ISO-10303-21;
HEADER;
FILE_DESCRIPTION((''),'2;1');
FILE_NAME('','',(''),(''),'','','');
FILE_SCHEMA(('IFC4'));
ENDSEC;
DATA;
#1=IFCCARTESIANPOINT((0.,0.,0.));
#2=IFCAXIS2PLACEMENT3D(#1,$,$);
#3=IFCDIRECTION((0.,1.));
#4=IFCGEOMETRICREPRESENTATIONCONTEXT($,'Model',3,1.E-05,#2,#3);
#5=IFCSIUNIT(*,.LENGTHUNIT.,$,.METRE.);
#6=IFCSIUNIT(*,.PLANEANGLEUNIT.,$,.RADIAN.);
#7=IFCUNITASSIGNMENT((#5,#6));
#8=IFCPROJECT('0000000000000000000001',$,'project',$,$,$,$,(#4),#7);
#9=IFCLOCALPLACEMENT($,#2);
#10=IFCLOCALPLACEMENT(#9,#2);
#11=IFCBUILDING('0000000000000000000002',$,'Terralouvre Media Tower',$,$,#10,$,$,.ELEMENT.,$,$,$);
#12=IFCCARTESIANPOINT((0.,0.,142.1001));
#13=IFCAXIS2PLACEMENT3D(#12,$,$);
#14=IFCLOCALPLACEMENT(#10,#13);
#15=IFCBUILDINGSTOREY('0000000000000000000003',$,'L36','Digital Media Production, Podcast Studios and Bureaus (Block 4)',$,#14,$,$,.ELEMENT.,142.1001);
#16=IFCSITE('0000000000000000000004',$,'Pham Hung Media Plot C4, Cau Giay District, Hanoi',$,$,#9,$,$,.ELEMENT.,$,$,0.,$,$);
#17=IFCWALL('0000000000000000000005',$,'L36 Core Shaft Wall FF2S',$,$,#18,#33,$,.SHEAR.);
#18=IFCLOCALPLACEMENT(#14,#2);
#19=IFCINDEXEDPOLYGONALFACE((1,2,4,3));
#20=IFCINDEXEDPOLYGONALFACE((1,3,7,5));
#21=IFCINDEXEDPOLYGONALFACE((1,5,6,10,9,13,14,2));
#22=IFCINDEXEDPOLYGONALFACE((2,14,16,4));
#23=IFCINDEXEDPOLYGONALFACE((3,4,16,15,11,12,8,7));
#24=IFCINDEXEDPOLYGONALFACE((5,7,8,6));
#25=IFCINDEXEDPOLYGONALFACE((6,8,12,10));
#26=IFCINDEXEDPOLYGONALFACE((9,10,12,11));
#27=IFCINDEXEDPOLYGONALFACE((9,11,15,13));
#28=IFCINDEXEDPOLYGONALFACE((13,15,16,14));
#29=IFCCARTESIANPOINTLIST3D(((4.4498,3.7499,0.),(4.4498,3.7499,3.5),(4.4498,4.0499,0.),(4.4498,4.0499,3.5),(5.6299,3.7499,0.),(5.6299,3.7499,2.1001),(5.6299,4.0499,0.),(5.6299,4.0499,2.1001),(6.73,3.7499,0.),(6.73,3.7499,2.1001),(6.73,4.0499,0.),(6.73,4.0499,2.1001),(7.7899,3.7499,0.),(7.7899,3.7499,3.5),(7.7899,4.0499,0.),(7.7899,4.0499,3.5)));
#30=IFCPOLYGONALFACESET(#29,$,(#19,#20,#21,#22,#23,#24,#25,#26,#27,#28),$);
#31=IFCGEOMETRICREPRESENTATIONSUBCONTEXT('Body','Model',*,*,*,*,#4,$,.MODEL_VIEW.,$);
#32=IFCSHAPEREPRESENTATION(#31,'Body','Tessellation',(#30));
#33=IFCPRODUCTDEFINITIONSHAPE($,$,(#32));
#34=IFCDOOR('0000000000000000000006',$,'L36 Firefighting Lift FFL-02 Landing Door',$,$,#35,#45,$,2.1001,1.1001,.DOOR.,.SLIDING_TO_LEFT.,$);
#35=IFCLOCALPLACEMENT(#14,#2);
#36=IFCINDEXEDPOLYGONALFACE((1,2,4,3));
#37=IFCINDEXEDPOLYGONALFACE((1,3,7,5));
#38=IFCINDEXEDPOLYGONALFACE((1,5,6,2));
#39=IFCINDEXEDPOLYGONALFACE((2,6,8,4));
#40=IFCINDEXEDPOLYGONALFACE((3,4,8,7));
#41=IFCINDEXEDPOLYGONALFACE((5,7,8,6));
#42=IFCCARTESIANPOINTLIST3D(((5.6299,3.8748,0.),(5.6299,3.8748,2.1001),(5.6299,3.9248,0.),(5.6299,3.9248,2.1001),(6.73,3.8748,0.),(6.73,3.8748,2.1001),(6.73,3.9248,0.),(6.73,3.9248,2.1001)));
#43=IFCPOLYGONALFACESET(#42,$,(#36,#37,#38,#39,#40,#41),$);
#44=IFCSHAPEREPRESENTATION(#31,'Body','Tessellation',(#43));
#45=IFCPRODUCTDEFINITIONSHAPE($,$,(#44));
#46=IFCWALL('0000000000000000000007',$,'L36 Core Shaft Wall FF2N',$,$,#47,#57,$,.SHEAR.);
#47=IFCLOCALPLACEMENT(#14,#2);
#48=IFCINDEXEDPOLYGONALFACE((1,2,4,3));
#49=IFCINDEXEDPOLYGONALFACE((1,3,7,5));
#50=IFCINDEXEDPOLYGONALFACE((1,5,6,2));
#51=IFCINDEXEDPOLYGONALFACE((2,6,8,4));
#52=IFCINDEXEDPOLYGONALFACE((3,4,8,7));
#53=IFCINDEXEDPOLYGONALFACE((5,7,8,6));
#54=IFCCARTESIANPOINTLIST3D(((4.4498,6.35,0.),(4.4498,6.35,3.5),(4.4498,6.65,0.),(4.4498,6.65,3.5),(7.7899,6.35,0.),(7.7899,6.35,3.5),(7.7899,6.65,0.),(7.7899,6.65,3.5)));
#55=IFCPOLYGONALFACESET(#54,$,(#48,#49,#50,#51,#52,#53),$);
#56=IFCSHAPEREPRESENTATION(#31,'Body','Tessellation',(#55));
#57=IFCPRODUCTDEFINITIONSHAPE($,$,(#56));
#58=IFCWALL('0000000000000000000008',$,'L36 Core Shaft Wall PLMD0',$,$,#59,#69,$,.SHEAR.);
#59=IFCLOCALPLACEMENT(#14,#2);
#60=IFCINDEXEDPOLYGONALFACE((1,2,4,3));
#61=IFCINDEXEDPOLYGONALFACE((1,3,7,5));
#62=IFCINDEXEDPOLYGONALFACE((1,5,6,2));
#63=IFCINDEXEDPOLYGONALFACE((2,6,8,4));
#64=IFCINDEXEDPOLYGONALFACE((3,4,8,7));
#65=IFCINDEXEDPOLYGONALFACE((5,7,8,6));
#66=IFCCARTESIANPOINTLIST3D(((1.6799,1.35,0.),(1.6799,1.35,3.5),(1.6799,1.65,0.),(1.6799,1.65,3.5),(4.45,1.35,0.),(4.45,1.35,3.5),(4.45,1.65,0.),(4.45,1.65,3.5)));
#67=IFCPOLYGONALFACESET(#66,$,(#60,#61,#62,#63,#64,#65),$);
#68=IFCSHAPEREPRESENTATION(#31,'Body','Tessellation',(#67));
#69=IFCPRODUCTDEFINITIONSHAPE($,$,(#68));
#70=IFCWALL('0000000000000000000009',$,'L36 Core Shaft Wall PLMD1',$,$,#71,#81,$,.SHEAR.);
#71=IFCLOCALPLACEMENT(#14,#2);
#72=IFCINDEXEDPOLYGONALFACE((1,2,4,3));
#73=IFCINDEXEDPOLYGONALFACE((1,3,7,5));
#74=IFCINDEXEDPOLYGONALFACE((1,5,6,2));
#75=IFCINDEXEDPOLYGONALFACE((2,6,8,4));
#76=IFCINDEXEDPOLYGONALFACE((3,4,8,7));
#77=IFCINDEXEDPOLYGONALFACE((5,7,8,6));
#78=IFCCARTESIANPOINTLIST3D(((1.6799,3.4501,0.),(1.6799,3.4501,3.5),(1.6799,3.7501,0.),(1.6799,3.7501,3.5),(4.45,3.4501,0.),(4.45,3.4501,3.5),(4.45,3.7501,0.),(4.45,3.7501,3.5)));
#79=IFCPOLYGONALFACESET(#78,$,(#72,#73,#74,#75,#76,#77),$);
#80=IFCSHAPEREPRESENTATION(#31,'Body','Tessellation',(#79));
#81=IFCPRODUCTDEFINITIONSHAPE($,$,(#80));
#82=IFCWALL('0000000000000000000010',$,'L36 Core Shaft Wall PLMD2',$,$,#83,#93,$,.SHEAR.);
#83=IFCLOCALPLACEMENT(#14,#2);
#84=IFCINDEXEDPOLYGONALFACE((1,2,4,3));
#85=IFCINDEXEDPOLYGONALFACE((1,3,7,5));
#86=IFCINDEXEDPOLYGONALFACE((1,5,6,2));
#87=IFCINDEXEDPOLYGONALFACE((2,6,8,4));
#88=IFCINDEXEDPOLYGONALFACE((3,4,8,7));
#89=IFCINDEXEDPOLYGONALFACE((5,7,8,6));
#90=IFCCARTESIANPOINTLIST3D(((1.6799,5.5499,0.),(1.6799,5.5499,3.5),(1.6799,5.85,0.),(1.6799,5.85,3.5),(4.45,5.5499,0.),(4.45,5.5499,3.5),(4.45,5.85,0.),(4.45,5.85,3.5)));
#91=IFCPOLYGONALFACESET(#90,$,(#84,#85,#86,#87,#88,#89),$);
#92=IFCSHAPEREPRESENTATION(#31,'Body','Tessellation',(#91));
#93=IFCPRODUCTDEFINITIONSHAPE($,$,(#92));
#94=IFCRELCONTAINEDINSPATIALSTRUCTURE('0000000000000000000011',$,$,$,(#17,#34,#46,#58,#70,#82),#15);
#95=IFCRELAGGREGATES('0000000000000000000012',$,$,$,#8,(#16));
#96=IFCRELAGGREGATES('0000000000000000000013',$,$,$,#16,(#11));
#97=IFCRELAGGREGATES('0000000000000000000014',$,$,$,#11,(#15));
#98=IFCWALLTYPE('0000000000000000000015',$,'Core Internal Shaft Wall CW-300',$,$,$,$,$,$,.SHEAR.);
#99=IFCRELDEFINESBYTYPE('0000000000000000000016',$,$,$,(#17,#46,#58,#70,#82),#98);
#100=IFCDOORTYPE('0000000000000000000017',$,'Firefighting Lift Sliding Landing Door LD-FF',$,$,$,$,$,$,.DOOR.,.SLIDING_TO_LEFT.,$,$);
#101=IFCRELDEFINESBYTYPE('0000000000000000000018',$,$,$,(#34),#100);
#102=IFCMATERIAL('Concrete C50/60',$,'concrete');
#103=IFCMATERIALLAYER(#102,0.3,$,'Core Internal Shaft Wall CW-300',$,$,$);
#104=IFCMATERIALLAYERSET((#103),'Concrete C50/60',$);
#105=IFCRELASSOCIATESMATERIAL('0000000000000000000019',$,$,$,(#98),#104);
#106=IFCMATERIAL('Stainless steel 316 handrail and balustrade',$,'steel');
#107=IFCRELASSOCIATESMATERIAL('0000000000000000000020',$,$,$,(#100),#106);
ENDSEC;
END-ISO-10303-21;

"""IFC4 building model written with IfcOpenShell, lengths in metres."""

from ifc_helpers import new_model, si_unit, direction, frame, frame_2d, origin, place, context, subcontext, project, spatial, rectangle, extrude, material, layer, layer_set, type_object, element, fill, save


model = new_model("IFC4")

# Units and contexts
model_context = context("Model", 3, precision=1e-05, world=origin(), true_north=direction((0.0, 1.0)))
body_context = subcontext(model_context, "Body", "Model", "MODEL_VIEW")
ifc_project = project(units=[si_unit("LENGTHUNIT", "METRE"), si_unit("PLANEANGLEUNIT", "RADIAN")], contexts=[model_context])

# Site, building, storey
site_placement = place(None, origin())
site = spatial("IfcSite", under=ifc_project, at=site_placement, Name="Pham Hung Media Plot C4, Cau Giay District, Hanoi", CompositionType="ELEMENT", RefElevation=0.0)
building_placement = place(site_placement, origin())
building = spatial("IfcBuilding", under=site, at=building_placement, Name="Terralouvre Media Tower", CompositionType="ELEMENT")
storey_placement = place(building_placement, frame((0.0, 0.0, 142.1001)))
storey = spatial("IfcBuildingStorey", under=building, at=storey_placement, Name="L36", Description="Digital Media Production, Podcast Studios and Bureaus (Block 4)", CompositionType="ELEMENT", Elevation=142.1001)

# Wall, opening, door
ifc_material_1 = material(Name="Concrete C50/60", Category="concrete")
ifc_layer_1 = layer(ifc_material_1, 0.3, Name="Core Internal Shaft Wall CW-300")
ifc_layer_set_1 = layer_set([ifc_layer_1], Name="Concrete C50/60")
wall_type = type_object("IfcWallType", Name="Core Internal Shaft Wall CW-300", PredefinedType="SHEAR", material=ifc_layer_set_1)
wall_1_placement = place(storey_placement, frame((4.45, 3.8999, 0.0), z_axis=(0.0, 0.0, 1.0), x_axis=(1.0, 0.0, 0.0)))
wall_1 = element("IfcWall", 1, at=wall_1_placement, inside=storey, type_object=wall_type, Name="L36 Core Shaft Wall FF2S", PredefinedType="SHEAR", context=body_context, shape_type="SweptSolid", body=[
    extrude(rectangle(XDim=3.3401, YDim=0.3, at=frame_2d((1.6699, 0.0))), origin(), (0.0, 0.0, 1.0), 3.5),
])
opening_placement = place(wall_1_placement, frame((1.1799, 0.0, 0.0)))
opening = element("IfcOpeningElement", 2, at=opening_placement, cuts=wall_1, PredefinedType="OPENING", context=body_context, shape_type="SweptSolid", body=[
    extrude(rectangle(XDim=1.1001, YDim=2.1001, at=frame_2d((0.55, 1.05))), frame((0.0, 0.1599, 0.0), z_axis=(0.0, -1.0, 0.0), x_axis=(1.0, 0.0, 0.0)), (0.0, 0.0, 1.0), 0.3201),
])
ifc_material_2 = material(Name="Stainless steel 316 handrail and balustrade", Category="steel")
door_type = type_object("IfcDoorType", Name="Firefighting Lift Sliding Landing Door LD-FF", OperationType="SLIDING_TO_LEFT", PredefinedType="DOOR", material=ifc_material_2)
door_placement = place(opening_placement, origin())
door = element("IfcDoor", 3, at=door_placement, inside=storey, type_object=door_type, Name="L36 Firefighting Lift FFL-02 Landing Door", OperationType="SLIDING_TO_LEFT", OverallHeight=2.1001, OverallWidth=1.1001, PredefinedType="DOOR", context=body_context, shape_type="SweptSolid", body=[
    extrude(rectangle(XDim=1.1001, YDim=2.1001, at=frame_2d((0.55, 1.05))), frame((0.0, 0.0249, 0.0), z_axis=(0.0, -1.0, 0.0), x_axis=(1.0, 0.0, 0.0)), (0.0, 0.0, 1.0), 0.05),
])
fill(opening, door)

# Walls
wall_2_placement = place(storey_placement, frame((4.45, 6.5, 0.0), z_axis=(0.0, 0.0, 1.0), x_axis=(1.0, 0.0, 0.0)))
element("IfcWall", 4, at=wall_2_placement, inside=storey, type_object=wall_type, Name="L36 Core Shaft Wall FF2N", PredefinedType="SHEAR", context=body_context, shape_type="SweptSolid", body=[
    extrude(rectangle(XDim=3.3401, YDim=0.3, at=frame_2d((1.6699, 0.0))), origin(), (0.0, 0.0, 1.0), 3.5),
])
for number, where, z_axis, x_axis, name in (
    (5, (1.6799, 1.5, 0.0), (0.0, 0.0, 1.0), (1.0, 0.0, 0.0), "L36 Core Shaft Wall PLMD0"),
    (6, (1.6799, 3.6001, 0.0), (0.0, 0.0, 1.0), (1.0, 0.0, 0.0), "L36 Core Shaft Wall PLMD1"),
    (7, (1.6799, 5.7, 0.0), (0.0, 0.0, 1.0), (1.0, 0.0, 0.0), "L36 Core Shaft Wall PLMD2"),
):
    element("IfcWall", number, at=place(storey_placement, frame(where, z_axis=z_axis, x_axis=x_axis)), inside=storey, type_object=wall_type, Name=name, PredefinedType="SHEAR", context=body_context, shape_type="SweptSolid", body=[
        extrude(rectangle(XDim=2.77, YDim=0.3, at=frame_2d((1.385, 0.0))), origin(), (0.0, 0.0, 1.0), 3.5),
    ])

save(model, "model.ifc")
